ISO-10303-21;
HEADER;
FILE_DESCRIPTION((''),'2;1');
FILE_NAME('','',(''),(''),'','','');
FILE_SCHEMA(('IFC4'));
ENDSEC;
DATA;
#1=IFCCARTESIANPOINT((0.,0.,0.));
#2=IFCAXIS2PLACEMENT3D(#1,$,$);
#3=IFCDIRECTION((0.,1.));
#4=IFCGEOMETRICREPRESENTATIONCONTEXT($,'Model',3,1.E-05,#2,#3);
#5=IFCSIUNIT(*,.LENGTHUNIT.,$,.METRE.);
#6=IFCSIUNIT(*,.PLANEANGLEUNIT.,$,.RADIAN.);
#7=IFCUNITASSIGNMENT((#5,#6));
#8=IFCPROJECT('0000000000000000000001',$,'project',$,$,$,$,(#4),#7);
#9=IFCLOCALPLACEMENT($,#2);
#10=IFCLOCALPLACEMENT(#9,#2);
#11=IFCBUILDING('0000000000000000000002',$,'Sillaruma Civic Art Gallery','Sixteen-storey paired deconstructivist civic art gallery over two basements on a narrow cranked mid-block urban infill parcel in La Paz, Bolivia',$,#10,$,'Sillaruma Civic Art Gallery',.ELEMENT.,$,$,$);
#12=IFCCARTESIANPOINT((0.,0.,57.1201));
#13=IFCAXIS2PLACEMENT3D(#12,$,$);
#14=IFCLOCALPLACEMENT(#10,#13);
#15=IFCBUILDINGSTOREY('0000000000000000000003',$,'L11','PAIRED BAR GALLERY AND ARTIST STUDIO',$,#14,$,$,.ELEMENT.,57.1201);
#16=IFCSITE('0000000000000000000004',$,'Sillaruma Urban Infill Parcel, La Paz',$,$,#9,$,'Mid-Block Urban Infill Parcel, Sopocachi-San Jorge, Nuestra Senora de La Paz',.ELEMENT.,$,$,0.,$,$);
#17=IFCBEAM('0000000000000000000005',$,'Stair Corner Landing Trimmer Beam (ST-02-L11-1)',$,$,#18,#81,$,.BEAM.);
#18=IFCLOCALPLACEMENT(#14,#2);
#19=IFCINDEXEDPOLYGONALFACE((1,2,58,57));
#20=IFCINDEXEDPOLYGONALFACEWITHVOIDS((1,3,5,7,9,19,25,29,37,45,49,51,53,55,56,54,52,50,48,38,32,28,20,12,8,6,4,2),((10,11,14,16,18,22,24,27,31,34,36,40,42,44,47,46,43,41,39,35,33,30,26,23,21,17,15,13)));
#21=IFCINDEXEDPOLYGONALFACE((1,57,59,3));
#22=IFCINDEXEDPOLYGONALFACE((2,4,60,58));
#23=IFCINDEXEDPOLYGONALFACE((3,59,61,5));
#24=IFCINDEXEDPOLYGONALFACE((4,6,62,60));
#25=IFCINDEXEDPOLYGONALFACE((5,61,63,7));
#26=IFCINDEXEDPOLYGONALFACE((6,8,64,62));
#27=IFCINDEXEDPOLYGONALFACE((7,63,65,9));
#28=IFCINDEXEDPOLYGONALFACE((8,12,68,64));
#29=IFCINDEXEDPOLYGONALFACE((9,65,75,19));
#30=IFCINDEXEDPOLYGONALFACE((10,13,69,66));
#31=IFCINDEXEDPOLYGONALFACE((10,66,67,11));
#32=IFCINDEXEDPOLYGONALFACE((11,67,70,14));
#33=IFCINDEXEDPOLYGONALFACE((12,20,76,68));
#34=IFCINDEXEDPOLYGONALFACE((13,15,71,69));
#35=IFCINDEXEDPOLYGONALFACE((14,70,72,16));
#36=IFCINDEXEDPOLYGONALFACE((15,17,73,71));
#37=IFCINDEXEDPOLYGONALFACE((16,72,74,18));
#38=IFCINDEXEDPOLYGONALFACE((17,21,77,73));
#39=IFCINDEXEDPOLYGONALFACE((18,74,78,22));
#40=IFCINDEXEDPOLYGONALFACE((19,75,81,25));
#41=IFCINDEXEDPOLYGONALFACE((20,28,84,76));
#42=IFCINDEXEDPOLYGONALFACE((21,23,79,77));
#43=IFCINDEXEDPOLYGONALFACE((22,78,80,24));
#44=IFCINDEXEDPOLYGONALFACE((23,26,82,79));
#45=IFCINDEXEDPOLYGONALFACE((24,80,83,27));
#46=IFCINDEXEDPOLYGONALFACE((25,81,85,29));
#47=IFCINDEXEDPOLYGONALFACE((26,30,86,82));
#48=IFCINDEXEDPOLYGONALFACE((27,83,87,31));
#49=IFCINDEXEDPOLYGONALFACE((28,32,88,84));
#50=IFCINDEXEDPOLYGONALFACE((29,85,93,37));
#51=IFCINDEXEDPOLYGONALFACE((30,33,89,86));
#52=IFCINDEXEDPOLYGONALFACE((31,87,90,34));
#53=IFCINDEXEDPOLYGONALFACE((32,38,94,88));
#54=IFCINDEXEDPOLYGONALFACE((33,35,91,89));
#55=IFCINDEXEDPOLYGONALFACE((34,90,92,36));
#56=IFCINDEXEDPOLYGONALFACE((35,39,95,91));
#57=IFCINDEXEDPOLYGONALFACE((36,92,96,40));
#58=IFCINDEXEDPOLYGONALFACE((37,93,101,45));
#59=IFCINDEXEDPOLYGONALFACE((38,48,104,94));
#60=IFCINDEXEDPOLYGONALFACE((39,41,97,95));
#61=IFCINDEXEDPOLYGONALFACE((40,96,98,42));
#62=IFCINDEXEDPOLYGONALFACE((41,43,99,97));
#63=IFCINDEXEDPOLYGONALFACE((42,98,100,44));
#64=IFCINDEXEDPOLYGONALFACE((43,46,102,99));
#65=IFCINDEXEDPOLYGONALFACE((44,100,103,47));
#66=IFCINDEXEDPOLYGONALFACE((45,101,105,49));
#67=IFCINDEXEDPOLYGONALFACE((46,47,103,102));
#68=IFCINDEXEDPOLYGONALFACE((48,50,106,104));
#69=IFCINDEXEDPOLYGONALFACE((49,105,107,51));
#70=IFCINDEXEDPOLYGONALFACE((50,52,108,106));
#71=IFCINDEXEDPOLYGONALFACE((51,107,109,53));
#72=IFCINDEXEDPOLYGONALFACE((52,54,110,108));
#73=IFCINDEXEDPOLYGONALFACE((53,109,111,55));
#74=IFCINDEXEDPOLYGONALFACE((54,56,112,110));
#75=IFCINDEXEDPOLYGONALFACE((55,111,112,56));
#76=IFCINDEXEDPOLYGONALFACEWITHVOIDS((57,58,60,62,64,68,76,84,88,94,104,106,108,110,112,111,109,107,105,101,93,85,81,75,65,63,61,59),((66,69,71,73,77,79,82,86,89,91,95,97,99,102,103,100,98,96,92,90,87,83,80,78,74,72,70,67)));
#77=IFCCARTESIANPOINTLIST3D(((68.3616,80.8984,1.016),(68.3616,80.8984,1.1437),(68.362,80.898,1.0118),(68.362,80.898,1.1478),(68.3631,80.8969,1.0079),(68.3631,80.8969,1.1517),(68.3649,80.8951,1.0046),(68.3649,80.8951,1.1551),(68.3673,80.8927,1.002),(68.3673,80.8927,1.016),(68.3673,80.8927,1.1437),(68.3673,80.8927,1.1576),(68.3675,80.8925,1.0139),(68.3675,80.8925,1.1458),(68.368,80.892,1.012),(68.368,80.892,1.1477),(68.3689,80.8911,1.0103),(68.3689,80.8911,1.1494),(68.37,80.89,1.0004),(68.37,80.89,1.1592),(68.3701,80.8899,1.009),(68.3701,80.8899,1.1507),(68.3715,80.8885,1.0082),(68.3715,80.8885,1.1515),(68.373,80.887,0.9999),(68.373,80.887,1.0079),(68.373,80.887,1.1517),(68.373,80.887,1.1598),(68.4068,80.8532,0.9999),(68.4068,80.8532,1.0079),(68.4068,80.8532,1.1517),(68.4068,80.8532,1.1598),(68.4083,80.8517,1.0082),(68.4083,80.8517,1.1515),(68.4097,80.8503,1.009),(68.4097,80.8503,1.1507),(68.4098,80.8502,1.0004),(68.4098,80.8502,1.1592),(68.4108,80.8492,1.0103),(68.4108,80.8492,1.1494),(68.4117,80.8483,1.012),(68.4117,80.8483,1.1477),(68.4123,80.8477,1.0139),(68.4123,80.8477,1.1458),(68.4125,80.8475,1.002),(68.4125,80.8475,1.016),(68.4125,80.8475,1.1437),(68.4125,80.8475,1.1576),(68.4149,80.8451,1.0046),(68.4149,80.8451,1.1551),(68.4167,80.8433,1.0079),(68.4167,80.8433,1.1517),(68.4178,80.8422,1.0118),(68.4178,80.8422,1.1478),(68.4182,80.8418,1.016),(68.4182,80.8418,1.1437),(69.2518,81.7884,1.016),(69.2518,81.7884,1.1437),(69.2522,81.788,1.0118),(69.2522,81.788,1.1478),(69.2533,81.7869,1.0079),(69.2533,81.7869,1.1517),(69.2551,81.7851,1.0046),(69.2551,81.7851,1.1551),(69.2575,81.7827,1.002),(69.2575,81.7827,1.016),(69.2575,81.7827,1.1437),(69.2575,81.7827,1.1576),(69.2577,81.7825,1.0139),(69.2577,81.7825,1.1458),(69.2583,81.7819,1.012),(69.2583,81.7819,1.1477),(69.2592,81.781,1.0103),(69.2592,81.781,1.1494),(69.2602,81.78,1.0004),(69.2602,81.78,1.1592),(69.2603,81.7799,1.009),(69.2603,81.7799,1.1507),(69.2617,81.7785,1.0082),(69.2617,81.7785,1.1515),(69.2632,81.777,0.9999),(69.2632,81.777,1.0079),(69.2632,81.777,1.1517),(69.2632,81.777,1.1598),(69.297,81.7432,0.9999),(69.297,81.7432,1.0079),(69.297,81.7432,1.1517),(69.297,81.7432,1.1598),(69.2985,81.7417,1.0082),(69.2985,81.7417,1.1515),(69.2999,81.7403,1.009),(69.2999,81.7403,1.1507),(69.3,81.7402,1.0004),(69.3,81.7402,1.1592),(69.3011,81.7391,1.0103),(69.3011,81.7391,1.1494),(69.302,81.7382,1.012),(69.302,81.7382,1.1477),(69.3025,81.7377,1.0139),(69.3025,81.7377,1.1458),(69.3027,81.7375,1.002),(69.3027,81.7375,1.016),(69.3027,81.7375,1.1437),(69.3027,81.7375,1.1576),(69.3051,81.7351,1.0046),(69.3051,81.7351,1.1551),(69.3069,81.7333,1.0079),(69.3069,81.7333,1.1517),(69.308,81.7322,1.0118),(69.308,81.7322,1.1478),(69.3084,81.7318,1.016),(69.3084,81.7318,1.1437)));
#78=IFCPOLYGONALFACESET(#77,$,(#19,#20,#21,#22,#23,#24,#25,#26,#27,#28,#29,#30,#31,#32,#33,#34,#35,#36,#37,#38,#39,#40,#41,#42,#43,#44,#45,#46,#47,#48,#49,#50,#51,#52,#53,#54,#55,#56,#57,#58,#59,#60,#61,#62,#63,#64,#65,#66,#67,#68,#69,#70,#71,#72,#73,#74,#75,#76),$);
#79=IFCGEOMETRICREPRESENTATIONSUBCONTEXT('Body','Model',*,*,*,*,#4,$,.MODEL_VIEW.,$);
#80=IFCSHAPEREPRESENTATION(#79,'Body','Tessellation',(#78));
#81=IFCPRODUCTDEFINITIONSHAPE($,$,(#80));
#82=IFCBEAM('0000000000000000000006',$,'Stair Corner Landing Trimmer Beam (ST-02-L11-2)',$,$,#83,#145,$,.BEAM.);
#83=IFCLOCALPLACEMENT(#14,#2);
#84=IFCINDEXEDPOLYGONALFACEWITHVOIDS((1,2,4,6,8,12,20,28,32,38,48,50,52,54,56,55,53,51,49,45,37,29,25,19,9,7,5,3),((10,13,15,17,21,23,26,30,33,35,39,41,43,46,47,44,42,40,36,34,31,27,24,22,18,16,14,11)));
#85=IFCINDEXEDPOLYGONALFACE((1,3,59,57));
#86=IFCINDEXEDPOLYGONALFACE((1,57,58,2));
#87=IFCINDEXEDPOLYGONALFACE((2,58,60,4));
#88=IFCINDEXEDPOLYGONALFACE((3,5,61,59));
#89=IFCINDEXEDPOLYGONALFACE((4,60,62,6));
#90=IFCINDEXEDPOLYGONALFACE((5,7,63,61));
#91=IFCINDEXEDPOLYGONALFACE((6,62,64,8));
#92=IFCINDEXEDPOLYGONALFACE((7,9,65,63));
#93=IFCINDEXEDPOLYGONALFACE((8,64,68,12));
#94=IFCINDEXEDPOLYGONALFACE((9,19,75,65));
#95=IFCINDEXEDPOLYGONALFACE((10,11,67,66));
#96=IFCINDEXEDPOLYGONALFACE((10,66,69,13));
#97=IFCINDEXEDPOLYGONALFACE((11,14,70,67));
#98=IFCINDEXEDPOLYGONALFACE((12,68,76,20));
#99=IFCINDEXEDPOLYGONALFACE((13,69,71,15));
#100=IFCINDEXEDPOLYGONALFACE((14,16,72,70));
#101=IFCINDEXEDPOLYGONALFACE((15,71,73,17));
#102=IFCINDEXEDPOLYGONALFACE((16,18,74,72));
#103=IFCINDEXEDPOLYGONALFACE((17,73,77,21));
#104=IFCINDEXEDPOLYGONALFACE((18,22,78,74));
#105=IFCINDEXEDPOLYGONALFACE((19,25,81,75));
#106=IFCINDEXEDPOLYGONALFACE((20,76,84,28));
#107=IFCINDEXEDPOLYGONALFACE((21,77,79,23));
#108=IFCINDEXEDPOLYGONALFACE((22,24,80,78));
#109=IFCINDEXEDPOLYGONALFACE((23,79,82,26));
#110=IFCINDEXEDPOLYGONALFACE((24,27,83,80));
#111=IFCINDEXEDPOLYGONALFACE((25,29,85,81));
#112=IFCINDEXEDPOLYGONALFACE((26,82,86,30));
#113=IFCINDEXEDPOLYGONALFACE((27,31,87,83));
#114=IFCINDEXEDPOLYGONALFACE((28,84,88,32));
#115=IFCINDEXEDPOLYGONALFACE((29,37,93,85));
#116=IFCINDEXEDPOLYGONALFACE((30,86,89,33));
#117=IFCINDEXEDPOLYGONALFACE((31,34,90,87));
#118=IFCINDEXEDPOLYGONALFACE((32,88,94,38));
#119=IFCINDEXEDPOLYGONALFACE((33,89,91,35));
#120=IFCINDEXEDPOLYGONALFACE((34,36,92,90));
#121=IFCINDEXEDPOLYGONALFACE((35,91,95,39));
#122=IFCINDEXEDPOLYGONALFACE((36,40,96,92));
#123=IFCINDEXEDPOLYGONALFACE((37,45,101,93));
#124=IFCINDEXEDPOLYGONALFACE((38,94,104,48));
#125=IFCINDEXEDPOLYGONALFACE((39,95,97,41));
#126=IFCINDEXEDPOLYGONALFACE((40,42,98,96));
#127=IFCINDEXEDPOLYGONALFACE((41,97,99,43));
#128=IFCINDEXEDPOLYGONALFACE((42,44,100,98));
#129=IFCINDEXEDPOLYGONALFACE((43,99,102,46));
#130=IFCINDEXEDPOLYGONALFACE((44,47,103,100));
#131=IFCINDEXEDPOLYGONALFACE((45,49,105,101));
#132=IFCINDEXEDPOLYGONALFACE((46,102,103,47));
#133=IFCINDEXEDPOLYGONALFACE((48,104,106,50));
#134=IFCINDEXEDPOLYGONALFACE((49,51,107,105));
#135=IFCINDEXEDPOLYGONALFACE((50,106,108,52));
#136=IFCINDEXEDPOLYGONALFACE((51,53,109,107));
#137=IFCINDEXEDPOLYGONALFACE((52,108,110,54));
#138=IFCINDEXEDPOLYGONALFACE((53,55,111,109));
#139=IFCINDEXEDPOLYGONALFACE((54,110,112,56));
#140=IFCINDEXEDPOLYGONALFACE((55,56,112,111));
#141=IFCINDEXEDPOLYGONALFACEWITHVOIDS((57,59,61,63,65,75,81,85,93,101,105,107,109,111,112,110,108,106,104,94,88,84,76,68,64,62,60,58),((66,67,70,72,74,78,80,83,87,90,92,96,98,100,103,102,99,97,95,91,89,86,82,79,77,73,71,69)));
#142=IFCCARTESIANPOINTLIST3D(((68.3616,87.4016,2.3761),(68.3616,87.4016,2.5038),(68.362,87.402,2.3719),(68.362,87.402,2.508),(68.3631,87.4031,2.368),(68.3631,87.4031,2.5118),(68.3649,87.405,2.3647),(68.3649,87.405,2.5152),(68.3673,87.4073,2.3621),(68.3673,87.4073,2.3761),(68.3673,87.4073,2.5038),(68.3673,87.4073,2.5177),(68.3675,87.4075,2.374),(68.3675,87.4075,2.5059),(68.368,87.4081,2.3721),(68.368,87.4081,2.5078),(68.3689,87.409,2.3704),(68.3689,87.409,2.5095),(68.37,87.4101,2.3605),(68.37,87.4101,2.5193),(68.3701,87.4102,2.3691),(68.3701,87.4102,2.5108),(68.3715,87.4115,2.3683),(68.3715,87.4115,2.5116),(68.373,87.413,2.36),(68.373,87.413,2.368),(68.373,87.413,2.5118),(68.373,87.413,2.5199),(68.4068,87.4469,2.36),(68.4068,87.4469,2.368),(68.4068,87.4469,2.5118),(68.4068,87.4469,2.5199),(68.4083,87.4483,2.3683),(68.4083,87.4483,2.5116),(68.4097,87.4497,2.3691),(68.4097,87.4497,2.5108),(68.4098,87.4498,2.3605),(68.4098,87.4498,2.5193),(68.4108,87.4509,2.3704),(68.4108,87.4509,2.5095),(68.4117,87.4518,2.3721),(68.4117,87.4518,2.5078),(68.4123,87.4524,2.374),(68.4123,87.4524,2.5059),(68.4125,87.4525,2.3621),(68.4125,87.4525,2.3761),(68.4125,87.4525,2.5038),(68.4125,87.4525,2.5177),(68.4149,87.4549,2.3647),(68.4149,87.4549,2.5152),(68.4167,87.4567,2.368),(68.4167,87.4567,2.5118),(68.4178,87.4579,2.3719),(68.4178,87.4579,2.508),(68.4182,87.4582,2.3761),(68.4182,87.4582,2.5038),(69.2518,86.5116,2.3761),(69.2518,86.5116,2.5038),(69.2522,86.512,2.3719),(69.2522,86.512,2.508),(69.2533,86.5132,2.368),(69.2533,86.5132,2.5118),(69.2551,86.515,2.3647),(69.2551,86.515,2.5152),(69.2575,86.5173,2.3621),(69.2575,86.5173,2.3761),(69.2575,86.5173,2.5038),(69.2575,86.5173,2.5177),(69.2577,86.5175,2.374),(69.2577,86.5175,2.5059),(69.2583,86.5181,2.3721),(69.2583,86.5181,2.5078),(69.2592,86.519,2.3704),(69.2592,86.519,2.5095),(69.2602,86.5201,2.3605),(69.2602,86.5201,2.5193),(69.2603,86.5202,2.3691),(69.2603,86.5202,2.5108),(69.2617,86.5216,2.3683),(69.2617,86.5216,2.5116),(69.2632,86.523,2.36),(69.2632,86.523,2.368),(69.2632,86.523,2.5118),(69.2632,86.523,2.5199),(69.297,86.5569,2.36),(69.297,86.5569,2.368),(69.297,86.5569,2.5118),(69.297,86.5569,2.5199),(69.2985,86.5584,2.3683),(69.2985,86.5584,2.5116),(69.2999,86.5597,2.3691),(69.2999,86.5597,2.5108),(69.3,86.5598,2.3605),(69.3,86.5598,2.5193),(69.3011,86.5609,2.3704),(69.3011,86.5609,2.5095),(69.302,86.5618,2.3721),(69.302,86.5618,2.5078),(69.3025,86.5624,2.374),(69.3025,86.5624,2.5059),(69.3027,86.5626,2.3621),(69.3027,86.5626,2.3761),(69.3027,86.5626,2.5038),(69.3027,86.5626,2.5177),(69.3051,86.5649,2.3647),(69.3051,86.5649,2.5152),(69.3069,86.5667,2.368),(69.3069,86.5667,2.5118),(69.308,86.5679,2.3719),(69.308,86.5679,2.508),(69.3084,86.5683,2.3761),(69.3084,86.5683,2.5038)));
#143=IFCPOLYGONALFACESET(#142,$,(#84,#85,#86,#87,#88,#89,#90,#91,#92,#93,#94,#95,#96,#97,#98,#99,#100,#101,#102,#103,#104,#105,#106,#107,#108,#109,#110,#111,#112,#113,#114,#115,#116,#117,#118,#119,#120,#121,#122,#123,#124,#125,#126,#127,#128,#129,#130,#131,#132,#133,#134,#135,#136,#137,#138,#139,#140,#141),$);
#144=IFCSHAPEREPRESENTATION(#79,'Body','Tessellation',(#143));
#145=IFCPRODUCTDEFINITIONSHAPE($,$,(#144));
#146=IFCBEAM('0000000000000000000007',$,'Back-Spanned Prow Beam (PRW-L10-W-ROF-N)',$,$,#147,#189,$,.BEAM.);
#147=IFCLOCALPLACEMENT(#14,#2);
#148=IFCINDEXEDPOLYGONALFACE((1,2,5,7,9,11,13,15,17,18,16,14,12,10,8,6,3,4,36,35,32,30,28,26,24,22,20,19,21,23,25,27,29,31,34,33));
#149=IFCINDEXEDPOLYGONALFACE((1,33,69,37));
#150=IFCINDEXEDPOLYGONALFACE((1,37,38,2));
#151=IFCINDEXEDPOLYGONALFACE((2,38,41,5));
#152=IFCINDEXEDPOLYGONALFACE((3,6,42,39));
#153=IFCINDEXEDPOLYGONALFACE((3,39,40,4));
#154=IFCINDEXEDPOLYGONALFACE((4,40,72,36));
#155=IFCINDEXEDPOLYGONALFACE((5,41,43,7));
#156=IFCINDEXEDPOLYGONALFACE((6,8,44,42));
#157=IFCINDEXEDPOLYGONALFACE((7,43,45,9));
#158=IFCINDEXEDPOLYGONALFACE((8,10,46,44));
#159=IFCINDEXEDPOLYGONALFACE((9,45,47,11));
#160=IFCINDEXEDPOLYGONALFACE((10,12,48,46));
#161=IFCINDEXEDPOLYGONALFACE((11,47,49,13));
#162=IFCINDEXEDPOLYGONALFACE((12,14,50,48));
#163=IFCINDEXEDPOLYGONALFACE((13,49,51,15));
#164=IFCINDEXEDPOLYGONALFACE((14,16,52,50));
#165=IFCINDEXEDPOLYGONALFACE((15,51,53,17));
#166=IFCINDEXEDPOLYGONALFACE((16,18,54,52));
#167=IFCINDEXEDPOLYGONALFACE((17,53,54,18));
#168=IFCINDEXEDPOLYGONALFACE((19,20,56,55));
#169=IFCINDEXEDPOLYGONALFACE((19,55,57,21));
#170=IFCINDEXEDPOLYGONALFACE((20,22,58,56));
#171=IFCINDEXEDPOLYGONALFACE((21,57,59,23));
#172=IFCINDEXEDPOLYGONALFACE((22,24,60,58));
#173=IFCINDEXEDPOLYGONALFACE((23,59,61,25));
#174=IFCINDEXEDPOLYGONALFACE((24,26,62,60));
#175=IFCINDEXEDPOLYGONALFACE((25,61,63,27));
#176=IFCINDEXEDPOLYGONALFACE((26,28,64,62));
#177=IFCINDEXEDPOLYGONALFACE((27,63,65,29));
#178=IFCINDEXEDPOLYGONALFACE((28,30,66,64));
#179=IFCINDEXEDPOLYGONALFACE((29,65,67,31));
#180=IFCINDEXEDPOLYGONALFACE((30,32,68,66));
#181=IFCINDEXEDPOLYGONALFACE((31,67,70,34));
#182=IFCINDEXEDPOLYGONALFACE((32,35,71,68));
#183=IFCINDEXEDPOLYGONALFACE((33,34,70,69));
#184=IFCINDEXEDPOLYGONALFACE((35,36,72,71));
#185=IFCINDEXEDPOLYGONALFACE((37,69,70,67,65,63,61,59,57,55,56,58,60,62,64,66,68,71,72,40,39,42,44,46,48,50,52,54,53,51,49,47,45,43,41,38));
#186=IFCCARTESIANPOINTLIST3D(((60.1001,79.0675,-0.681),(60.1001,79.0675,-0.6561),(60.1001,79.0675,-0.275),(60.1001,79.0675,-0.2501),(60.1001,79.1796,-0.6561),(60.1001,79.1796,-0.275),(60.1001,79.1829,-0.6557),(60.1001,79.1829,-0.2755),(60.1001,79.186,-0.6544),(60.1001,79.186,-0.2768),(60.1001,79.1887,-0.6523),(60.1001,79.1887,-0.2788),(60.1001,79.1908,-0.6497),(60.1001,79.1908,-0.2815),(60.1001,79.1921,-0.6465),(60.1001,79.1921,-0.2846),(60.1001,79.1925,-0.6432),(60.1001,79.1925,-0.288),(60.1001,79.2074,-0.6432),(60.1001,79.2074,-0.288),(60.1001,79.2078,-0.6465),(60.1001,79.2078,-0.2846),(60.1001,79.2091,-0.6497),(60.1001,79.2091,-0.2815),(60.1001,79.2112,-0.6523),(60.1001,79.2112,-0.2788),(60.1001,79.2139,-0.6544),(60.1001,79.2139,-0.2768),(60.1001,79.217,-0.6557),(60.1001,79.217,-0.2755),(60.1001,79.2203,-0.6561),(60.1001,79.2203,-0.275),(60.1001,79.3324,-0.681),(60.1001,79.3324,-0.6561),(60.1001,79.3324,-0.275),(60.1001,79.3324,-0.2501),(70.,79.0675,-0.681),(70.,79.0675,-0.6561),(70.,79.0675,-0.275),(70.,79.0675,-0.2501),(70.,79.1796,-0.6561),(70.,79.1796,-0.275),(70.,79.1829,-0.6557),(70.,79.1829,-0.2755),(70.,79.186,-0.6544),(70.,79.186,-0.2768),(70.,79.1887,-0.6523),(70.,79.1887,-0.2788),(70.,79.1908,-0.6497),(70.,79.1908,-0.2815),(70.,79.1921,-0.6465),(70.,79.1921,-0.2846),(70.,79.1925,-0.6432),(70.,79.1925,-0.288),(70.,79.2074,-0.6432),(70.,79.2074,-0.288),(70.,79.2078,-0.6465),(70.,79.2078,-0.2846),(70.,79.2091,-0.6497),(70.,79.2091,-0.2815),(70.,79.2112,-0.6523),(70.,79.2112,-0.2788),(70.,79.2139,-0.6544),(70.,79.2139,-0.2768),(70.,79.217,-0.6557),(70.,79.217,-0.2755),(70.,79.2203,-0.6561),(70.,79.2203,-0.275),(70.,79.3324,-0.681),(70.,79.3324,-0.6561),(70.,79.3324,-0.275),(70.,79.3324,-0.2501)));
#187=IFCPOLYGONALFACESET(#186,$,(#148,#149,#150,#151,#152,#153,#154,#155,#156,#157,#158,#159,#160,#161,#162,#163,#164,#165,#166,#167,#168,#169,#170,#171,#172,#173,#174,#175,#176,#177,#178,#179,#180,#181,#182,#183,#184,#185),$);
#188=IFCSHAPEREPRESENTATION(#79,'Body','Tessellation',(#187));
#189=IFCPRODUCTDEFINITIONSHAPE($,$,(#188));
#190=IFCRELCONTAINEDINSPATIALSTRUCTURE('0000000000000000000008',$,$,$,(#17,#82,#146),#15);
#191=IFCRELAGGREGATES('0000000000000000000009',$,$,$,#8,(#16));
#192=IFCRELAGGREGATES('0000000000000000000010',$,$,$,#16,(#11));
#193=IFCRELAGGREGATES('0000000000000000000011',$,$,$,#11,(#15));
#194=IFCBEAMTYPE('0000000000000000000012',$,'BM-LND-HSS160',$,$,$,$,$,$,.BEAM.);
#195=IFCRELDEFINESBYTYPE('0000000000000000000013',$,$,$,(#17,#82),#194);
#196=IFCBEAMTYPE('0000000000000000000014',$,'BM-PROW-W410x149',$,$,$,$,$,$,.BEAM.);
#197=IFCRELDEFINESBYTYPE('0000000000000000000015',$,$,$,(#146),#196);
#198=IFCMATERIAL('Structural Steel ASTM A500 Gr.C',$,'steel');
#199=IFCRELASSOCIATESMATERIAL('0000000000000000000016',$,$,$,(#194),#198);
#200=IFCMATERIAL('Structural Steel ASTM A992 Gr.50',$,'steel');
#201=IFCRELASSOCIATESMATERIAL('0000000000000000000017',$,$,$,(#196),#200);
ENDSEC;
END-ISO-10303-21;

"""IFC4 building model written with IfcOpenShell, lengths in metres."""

from ifc_helpers import new_model, si_unit, direction, frame, origin, origin_2d, place, context, subcontext, project, spatial, hollow_rectangle, i_section, extrude, material, material_profile, profile_set, type_object, element, save


model = new_model("IFC4")

# Units and contexts
model_context = context("Model", 3, precision=1e-05, world=origin(), true_north=direction((0.0, 1.0)))
body_context = subcontext(model_context, "Body", "Model", "MODEL_VIEW")
ifc_project = project(units=[si_unit("LENGTHUNIT", "METRE"), si_unit("PLANEANGLEUNIT", "RADIAN")], contexts=[model_context])

# Site, building, storey
site_placement = place(None, origin())
site = spatial("IfcSite", under=ifc_project, at=site_placement, Name="Sillaruma Urban Infill Parcel, La Paz", LongName="Mid-Block Urban Infill Parcel, Sopocachi-San Jorge, Nuestra Senora de La Paz", CompositionType="ELEMENT", RefElevation=0.0)
building_placement = place(site_placement, origin())
building = spatial("IfcBuilding", under=site, at=building_placement, Name="Sillaruma Civic Art Gallery", Description="Sixteen-storey paired deconstructivist civic art gallery over two basements on a narrow cranked mid-block urban infill parcel in La Paz, Bolivia", LongName="Sillaruma Civic Art Gallery", CompositionType="ELEMENT")
storey_placement = place(building_placement, frame((0.0, 0.0, 57.1201)))
storey = spatial("IfcBuildingStorey", under=building, at=storey_placement, Name="L11", Description="PAIRED BAR GALLERY AND ARTIST STUDIO", CompositionType="ELEMENT", Elevation=57.1201)

# Beams
ifc_material_1 = material(Name="Structural Steel ASTM A500 Gr.C", Category="steel")
ifc_material_profile_1 = material_profile(ifc_material_1, hollow_rectangle(XDim=0.0801, YDim=0.1599, WallThickness=0.0081, InnerFilletRadius=0.0081, OuterFilletRadius=0.0161, at=origin_2d()), Name="HSS160x80x8")
ifc_profile_set_1 = profile_set([ifc_material_profile_1], Name="Structural Steel ASTM A500 Gr.C")
beam_type_1 = type_object("IfcBeamType", Name="BM-LND-HSS160", PredefinedType="BEAM", material=ifc_profile_set_1)
for number, where, z_axis, x_axis, name in (
    (1, (68.3899, 80.8701, 1.0798), (0.707204, 0.70701, 0.0), (-0.70701, 0.707204, 0.0), "Stair Corner Landing Trimmer Beam (ST-02-L11-1)"),
    (2, (68.3899, 87.4299, 2.4399), (0.707204, -0.70701, 0.0), (0.70701, 0.707204, 0.0), "Stair Corner Landing Trimmer Beam (ST-02-L11-2)"),
):
    element("IfcBeam", number, at=place(storey_placement, frame(where, z_axis=z_axis, x_axis=x_axis)), inside=storey, type_object=beam_type_1, Name=name, PredefinedType="BEAM", context=body_context, shape_type="SweptSolid", body=[
        extrude(hollow_rectangle(XDim=0.0801, YDim=0.1599, WallThickness=0.0081, InnerFilletRadius=0.0081, OuterFilletRadius=0.0161, at=origin_2d()), origin(), (0.0, 0.0, 1.0), 1.2588),
    ])
ifc_material_2 = material(Name="Structural Steel ASTM A992 Gr.50", Category="steel")
ifc_material_profile_2 = material_profile(ifc_material_2, i_section(OverallWidth=0.2649, OverallDepth=0.4309, WebThickness=0.0149, FlangeThickness=0.0249, FilletRadius=0.0129, at=origin_2d()), Name="W410x149")
ifc_profile_set_2 = profile_set([ifc_material_profile_2], Name="Structural Steel ASTM A992 Gr.50")
beam_type_2 = type_object("IfcBeamType", Name="BM-PROW-W410x149", PredefinedType="BEAM", material=ifc_profile_set_2)
beam_1_placement = place(storey_placement, frame((70.0, 79.2, -0.4656), z_axis=(-1.0, 0.0, 0.0), x_axis=(0.0, -1.0, 0.0)))
element("IfcBeam", 3, at=beam_1_placement, inside=storey, type_object=beam_type_2, Name="Back-Spanned Prow Beam (PRW-L10-W-ROF-N)", PredefinedType="BEAM", context=body_context, shape_type="SweptSolid", body=[
    extrude(i_section(OverallWidth=0.2649, OverallDepth=0.4309, WebThickness=0.0149, FlangeThickness=0.0249, FilletRadius=0.0129, at=origin_2d()), origin(), (0.0, 0.0, 1.0), 9.8999),
])

save(model, "model.ifc")
